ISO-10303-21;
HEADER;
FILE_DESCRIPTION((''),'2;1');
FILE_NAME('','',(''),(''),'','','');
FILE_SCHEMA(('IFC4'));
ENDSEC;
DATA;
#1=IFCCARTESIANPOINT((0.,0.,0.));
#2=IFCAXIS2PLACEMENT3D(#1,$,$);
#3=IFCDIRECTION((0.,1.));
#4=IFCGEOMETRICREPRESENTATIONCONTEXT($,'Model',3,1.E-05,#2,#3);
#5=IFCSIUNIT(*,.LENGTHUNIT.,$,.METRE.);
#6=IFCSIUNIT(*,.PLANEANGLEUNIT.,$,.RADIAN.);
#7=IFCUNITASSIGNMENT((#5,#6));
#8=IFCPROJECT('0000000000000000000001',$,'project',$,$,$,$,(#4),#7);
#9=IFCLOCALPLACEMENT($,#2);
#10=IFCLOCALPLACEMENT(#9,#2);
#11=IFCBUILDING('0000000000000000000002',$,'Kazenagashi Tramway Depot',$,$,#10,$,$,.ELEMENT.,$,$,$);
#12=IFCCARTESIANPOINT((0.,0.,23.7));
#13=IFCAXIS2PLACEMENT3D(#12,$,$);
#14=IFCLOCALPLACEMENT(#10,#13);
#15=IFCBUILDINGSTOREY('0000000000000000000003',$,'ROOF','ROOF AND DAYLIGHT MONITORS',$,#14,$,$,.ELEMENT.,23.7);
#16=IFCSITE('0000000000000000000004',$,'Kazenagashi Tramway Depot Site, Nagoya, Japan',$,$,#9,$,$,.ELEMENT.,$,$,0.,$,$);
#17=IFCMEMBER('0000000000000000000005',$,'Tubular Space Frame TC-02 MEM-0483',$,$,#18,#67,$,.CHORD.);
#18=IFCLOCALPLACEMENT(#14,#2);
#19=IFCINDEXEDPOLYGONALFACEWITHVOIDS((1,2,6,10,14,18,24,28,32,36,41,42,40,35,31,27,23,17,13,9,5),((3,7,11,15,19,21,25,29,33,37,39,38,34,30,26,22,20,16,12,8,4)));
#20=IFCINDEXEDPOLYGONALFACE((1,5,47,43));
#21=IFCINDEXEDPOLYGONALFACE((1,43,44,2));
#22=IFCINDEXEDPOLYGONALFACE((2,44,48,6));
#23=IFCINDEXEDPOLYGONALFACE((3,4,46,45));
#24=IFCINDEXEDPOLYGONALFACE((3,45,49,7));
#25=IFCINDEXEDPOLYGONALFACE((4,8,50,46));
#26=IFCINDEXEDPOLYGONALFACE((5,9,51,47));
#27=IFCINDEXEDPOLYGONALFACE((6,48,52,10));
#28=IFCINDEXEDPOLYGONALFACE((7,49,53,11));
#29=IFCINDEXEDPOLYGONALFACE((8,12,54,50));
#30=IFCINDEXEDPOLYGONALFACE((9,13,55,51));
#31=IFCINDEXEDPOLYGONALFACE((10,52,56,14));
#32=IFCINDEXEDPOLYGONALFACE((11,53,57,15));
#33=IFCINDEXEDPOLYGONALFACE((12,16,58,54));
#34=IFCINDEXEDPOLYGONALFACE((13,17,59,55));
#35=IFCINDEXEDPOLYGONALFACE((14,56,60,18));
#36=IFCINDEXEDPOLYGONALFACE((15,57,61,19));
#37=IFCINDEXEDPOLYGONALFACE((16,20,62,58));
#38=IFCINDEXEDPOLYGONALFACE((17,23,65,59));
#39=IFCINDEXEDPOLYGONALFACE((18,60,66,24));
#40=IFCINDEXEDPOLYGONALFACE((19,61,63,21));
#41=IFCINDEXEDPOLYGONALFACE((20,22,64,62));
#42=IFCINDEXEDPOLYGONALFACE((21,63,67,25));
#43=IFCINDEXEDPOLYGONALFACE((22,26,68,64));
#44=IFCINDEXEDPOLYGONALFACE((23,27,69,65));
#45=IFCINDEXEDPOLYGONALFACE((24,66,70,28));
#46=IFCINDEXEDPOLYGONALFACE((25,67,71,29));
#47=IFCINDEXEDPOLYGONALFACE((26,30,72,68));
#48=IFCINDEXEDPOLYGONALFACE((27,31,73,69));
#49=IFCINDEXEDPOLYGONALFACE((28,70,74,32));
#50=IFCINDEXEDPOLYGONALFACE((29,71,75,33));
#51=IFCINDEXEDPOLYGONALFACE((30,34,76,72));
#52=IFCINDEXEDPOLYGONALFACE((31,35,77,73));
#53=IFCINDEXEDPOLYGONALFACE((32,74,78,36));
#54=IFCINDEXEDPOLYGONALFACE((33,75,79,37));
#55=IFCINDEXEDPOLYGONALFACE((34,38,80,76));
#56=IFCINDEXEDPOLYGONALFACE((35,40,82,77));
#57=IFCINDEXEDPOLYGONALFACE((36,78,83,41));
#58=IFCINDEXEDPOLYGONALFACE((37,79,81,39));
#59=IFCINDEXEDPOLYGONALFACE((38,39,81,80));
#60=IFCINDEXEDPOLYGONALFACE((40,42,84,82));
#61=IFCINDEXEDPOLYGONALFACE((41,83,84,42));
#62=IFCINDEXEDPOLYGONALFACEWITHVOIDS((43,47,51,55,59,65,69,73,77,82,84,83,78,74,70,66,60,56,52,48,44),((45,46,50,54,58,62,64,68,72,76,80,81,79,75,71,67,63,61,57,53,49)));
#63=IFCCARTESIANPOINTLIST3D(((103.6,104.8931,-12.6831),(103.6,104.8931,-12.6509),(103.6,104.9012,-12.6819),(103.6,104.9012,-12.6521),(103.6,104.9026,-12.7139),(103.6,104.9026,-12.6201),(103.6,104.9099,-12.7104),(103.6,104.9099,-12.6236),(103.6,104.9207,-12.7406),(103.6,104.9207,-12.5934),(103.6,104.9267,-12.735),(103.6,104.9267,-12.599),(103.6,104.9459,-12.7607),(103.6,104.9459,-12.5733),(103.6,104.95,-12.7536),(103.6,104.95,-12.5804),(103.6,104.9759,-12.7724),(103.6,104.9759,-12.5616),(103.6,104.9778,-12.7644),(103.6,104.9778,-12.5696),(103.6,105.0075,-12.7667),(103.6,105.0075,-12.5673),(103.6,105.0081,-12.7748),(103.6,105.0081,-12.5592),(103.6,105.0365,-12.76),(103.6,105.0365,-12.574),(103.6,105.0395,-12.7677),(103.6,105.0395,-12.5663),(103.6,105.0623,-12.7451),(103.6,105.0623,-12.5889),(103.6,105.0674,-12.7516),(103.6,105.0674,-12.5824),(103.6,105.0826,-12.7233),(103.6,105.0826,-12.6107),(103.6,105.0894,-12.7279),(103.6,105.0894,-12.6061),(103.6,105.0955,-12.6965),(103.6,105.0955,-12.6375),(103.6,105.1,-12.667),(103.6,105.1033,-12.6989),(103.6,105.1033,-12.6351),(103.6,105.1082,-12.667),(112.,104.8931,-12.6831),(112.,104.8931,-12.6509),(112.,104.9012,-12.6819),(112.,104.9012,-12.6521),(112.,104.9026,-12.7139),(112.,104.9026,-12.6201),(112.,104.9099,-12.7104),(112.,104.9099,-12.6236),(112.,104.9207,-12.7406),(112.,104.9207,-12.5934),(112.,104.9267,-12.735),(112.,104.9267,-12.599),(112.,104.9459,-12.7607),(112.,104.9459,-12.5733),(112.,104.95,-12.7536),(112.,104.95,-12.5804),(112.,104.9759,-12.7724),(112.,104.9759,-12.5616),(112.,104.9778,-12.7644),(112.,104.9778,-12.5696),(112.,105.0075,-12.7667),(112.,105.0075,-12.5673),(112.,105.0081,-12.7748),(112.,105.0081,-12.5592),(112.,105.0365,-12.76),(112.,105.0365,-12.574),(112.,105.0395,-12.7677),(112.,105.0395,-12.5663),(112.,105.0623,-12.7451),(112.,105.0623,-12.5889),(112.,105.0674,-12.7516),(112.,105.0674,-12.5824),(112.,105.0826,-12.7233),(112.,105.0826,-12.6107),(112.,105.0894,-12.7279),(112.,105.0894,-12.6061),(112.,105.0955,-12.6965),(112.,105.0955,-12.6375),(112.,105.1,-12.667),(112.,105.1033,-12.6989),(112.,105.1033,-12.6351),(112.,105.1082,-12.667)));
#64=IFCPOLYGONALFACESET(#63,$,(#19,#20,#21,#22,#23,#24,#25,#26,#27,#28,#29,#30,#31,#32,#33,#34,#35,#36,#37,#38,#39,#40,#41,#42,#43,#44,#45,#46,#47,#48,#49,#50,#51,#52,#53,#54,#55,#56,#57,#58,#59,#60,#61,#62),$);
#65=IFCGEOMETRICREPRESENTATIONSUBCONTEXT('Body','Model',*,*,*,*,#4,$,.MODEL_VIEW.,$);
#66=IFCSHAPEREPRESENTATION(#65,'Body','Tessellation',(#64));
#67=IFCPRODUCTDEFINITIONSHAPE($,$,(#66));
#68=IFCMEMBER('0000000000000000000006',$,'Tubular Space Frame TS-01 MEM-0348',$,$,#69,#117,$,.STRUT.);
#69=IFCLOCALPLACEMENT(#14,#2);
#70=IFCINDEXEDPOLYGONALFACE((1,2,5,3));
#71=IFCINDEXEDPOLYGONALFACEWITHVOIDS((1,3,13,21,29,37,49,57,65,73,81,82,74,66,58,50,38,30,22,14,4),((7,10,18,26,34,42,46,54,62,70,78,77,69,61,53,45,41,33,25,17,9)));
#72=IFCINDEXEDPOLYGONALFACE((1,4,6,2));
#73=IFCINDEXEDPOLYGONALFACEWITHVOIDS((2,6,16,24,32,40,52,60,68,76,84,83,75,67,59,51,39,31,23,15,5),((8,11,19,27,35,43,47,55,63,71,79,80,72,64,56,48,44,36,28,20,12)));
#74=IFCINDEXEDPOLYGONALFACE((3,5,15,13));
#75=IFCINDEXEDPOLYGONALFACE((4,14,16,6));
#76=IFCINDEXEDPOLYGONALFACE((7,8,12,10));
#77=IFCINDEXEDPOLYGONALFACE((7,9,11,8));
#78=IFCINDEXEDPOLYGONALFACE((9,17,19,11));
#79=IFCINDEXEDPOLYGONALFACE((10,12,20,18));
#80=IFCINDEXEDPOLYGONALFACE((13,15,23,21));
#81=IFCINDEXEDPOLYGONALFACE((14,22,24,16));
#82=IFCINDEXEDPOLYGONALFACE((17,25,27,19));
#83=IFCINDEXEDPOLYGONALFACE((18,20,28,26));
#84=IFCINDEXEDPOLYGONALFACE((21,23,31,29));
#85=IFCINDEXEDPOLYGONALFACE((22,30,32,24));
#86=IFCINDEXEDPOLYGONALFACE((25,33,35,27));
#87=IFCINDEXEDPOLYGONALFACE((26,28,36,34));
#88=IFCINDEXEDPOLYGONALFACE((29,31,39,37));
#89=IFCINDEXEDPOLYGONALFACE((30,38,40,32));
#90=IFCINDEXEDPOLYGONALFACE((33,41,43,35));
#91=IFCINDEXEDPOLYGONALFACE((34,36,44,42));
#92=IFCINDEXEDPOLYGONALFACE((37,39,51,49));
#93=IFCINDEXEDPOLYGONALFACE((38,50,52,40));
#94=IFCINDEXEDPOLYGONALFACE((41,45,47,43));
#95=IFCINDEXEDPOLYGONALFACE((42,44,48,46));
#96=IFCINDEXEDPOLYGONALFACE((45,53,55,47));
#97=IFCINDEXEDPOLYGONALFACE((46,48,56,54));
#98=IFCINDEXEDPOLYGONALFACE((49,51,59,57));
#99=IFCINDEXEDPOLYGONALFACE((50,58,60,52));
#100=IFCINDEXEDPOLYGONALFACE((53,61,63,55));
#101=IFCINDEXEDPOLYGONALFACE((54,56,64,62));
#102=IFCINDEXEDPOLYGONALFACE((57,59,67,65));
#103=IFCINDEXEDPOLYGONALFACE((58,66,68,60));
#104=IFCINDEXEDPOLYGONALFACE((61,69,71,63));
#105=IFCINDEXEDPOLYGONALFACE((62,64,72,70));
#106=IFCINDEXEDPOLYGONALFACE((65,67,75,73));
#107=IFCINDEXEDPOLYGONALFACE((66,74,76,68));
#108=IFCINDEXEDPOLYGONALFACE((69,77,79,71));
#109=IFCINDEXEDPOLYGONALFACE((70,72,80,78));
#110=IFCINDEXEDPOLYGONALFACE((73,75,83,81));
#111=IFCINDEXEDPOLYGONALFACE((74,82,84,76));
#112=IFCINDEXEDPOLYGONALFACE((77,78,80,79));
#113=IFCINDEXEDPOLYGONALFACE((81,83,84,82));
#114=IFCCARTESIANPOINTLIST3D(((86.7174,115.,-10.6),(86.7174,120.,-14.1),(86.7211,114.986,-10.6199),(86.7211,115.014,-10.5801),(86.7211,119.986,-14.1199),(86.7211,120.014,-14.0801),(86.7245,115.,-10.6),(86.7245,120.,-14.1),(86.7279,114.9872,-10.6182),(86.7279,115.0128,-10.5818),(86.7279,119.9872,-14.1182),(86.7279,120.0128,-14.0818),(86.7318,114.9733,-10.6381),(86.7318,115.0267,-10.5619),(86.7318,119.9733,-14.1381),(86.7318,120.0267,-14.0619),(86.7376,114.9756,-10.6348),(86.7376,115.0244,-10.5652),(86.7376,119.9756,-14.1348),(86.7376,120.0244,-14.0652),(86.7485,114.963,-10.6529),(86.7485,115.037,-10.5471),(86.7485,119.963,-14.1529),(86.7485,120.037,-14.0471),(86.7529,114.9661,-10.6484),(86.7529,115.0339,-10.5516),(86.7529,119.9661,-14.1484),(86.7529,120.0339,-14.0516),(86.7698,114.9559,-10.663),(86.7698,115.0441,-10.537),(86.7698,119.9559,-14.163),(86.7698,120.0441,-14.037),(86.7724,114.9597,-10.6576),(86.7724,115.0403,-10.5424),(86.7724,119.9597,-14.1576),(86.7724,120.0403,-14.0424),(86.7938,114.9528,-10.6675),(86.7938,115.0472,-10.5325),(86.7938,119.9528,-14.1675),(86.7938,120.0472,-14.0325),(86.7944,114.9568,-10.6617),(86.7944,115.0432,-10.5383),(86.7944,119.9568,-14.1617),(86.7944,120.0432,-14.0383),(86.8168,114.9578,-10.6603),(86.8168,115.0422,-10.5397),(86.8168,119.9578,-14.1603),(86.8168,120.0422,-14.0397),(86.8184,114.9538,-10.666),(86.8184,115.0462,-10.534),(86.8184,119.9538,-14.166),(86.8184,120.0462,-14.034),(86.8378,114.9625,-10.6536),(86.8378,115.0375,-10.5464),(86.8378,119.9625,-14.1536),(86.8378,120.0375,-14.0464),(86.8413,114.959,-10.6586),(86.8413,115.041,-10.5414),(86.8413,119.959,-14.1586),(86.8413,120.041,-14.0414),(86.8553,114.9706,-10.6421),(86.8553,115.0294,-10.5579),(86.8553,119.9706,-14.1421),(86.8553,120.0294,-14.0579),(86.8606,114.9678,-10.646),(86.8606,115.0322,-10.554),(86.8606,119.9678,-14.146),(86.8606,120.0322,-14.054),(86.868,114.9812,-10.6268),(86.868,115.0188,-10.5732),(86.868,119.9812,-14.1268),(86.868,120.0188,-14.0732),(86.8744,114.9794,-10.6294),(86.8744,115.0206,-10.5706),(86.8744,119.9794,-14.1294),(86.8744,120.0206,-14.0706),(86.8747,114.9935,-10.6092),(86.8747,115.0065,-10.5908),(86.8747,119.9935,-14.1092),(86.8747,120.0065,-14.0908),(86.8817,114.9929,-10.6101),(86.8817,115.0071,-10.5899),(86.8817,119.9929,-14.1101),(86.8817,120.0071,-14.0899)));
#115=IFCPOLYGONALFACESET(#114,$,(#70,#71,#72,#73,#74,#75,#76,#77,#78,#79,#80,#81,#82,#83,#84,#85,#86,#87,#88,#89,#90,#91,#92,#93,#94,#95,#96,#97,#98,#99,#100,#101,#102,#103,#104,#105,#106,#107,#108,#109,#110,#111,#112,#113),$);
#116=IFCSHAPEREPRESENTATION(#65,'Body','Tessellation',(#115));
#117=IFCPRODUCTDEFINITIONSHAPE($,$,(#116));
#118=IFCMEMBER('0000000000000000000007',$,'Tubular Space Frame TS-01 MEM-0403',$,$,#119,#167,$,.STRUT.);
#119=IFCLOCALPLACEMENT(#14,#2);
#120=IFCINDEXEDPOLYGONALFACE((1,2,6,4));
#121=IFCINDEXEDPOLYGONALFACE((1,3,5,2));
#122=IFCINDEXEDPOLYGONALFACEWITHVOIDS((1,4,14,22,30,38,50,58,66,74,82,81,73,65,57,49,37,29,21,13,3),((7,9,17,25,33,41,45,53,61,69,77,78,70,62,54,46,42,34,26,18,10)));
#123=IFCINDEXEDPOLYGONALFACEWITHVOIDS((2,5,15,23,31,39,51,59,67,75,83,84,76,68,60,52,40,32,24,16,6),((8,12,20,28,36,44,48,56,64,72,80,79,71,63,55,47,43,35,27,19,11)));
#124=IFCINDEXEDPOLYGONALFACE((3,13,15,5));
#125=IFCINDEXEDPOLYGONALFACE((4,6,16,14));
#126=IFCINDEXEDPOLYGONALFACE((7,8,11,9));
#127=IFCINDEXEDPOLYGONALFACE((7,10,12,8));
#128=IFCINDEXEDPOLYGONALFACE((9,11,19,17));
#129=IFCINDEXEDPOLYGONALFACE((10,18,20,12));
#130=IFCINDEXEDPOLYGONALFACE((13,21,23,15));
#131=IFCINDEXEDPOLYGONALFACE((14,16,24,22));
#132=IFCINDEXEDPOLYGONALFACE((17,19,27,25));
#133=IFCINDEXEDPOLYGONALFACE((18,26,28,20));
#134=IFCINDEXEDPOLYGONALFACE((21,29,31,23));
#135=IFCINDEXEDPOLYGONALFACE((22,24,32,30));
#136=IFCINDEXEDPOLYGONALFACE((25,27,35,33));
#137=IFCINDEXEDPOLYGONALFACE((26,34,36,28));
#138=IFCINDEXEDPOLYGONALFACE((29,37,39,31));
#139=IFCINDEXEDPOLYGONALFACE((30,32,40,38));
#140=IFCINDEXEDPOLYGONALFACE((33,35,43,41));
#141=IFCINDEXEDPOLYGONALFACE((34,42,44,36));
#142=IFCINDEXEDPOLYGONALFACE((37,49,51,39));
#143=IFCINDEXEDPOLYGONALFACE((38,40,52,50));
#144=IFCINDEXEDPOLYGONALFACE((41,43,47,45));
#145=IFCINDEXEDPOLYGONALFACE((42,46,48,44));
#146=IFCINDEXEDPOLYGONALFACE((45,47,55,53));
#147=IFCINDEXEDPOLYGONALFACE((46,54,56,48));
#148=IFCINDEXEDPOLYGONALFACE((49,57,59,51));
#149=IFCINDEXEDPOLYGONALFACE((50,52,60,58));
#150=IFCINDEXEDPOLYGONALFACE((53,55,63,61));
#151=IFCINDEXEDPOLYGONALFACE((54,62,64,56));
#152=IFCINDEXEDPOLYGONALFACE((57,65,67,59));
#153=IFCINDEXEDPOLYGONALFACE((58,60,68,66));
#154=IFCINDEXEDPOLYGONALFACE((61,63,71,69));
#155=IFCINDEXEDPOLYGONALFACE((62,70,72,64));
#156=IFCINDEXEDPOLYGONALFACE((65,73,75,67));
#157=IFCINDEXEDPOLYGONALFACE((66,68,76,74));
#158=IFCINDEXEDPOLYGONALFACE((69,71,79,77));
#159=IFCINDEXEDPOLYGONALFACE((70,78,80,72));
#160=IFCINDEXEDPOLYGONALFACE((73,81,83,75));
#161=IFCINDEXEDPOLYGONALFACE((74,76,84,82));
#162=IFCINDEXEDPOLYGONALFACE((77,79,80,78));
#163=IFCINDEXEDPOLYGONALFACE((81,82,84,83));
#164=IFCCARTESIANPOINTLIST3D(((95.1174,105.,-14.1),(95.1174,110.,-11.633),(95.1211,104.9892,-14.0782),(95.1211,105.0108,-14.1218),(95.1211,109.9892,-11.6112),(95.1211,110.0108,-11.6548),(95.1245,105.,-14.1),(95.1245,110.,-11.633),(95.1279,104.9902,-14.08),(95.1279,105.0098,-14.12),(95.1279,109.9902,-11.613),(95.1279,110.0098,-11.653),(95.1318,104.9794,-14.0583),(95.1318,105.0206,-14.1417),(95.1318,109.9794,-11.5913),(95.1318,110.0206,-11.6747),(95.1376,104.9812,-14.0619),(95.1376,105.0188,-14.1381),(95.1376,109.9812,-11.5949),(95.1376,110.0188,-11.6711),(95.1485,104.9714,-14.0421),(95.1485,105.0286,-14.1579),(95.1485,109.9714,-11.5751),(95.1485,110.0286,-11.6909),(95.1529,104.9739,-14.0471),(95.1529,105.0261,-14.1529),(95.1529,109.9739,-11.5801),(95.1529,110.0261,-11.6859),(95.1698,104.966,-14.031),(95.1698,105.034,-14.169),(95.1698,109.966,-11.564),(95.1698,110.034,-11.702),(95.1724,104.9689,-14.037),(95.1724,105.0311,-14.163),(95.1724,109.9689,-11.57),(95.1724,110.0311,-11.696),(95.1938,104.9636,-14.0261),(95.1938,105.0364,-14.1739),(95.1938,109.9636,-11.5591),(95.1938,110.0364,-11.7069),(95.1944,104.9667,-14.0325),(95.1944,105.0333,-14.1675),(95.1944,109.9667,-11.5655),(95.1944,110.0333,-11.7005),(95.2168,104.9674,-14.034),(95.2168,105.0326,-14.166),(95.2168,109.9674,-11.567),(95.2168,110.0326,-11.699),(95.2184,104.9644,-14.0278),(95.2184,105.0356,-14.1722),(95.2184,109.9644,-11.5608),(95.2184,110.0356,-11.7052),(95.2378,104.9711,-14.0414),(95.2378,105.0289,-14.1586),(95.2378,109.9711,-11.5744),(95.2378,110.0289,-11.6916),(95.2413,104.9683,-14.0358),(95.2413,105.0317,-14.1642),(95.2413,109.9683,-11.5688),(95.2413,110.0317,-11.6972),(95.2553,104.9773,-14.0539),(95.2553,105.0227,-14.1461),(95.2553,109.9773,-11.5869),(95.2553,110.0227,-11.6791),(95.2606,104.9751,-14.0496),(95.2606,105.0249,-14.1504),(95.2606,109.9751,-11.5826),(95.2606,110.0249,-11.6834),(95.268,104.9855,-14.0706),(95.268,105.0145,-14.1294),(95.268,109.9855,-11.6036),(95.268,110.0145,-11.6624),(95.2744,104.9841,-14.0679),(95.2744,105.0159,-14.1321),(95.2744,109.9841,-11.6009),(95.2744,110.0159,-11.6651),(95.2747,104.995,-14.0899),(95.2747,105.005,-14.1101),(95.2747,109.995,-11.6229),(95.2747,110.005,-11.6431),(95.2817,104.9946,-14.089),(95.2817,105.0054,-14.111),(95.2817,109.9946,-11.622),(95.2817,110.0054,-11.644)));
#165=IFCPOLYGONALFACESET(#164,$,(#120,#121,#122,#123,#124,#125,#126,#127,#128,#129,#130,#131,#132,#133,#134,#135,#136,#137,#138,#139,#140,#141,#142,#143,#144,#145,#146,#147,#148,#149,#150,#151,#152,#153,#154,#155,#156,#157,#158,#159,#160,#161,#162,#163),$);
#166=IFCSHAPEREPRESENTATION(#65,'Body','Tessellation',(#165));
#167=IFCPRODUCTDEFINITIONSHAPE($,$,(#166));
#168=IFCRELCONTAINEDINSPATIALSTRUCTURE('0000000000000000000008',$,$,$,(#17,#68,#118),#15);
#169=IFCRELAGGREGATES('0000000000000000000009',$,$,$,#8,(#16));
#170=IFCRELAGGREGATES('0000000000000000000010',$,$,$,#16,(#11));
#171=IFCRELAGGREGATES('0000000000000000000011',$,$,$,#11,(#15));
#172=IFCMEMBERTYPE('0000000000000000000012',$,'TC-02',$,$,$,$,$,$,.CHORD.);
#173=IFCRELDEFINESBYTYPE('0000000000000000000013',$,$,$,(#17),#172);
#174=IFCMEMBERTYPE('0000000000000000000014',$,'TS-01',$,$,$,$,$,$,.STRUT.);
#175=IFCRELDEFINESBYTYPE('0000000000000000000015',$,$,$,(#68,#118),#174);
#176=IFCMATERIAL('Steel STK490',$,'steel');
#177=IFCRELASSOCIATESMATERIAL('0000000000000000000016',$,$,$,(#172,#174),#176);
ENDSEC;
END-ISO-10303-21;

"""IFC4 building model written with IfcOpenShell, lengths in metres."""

from ifc_helpers import new_model, si_unit, direction, frame, origin, origin_2d, place, context, subcontext, project, spatial, hollow_circle, extrude, material, material_profile, profile_set, type_object, element, save


model = new_model("IFC4")

# Units and contexts
model_context = context("Model", 3, precision=1e-05, world=origin(), true_north=direction((0.0, 1.0)))
body_context = subcontext(model_context, "Body", "Model", "MODEL_VIEW")
ifc_project = project(units=[si_unit("LENGTHUNIT", "METRE"), si_unit("PLANEANGLEUNIT", "RADIAN")], contexts=[model_context])

# Site, building, storey
site_placement = place(None, origin())
site = spatial("IfcSite", under=ifc_project, at=site_placement, Name="Kazenagashi Tramway Depot Site, Nagoya, Japan", CompositionType="ELEMENT", RefElevation=0.0)
building_placement = place(site_placement, origin())
building = spatial("IfcBuilding", under=site, at=building_placement, Name="Kazenagashi Tramway Depot", CompositionType="ELEMENT")
storey_placement = place(building_placement, frame((0.0, 0.0, 23.7)))
storey = spatial("IfcBuildingStorey", under=building, at=storey_placement, Name="ROOF", Description="ROOF AND DAYLIGHT MONITORS", CompositionType="ELEMENT", Elevation=23.7)

# Members
ifc_material_1 = material(Name="Steel STK490", Category="steel")
ifc_material_profile_1 = material_profile(ifc_material_1, hollow_circle(Radius=0.1081, WallThickness=0.0082, at=origin_2d()), Name="CHS-216.3x8.2")
ifc_profile_set_1 = profile_set([ifc_material_profile_1], Name="Steel STK490")
member_type_1 = type_object("IfcMemberType", Name="TC-02", PredefinedType="CHORD", material=ifc_profile_set_1)
member_1_placement = place(storey_placement, frame((103.6, 105.0, -12.667), z_axis=(1.0, 0.0, 0.0), x_axis=(0.0, 1.0, 0.0)))
element("IfcMember", 1, at=member_1_placement, inside=storey, type_object=member_type_1, Name="Tubular Space Frame TC-02 MEM-0483", PredefinedType="CHORD", context=body_context, shape_type="SweptSolid", body=[
    extrude(hollow_circle(Radius=0.1081, WallThickness=0.0082, at=origin_2d()), origin(), (0.0, 0.0, 1.0), 8.4),
])
ifc_material_profile_2 = material_profile(ifc_material_1, hollow_circle(Radius=0.0826, WallThickness=0.0071, at=origin_2d()), Name="CHS-165.2x7.1")
ifc_profile_set_2 = profile_set([ifc_material_profile_2], Name="Steel STK490")
member_type_2 = type_object("IfcMemberType", Name="TS-01", PredefinedType="STRUT", material=ifc_profile_set_2)
member_2_placement = place(storey_placement, frame((86.8, 115.0, -10.6), z_axis=(0.0, 0.819232, -0.573462), x_axis=(-1.0, 0.0, 0.0)))
element("IfcMember", 2, at=member_2_placement, inside=storey, type_object=member_type_2, Name="Tubular Space Frame TS-01 MEM-0348", PredefinedType="STRUT", context=body_context, shape_type="SweptSolid", body=[
    extrude(hollow_circle(Radius=0.0826, WallThickness=0.0071, at=origin_2d()), origin(), (0.0, 0.0, 1.0), 6.1033),
])
member_3_placement = place(storey_placement, frame((95.2, 105.0, -14.1), z_axis=(0.0, 0.896782, 0.442472), x_axis=(-1.0, 0.0, 0.0)))
element("IfcMember", 3, at=member_3_placement, inside=storey, type_object=member_type_2, Name="Tubular Space Frame TS-01 MEM-0403", PredefinedType="STRUT", context=body_context, shape_type="SweptSolid", body=[
    extrude(hollow_circle(Radius=0.0826, WallThickness=0.0071, at=origin_2d()), origin(), (0.0, 0.0, 1.0), 5.5755),
])

save(model, "model.ifc")
